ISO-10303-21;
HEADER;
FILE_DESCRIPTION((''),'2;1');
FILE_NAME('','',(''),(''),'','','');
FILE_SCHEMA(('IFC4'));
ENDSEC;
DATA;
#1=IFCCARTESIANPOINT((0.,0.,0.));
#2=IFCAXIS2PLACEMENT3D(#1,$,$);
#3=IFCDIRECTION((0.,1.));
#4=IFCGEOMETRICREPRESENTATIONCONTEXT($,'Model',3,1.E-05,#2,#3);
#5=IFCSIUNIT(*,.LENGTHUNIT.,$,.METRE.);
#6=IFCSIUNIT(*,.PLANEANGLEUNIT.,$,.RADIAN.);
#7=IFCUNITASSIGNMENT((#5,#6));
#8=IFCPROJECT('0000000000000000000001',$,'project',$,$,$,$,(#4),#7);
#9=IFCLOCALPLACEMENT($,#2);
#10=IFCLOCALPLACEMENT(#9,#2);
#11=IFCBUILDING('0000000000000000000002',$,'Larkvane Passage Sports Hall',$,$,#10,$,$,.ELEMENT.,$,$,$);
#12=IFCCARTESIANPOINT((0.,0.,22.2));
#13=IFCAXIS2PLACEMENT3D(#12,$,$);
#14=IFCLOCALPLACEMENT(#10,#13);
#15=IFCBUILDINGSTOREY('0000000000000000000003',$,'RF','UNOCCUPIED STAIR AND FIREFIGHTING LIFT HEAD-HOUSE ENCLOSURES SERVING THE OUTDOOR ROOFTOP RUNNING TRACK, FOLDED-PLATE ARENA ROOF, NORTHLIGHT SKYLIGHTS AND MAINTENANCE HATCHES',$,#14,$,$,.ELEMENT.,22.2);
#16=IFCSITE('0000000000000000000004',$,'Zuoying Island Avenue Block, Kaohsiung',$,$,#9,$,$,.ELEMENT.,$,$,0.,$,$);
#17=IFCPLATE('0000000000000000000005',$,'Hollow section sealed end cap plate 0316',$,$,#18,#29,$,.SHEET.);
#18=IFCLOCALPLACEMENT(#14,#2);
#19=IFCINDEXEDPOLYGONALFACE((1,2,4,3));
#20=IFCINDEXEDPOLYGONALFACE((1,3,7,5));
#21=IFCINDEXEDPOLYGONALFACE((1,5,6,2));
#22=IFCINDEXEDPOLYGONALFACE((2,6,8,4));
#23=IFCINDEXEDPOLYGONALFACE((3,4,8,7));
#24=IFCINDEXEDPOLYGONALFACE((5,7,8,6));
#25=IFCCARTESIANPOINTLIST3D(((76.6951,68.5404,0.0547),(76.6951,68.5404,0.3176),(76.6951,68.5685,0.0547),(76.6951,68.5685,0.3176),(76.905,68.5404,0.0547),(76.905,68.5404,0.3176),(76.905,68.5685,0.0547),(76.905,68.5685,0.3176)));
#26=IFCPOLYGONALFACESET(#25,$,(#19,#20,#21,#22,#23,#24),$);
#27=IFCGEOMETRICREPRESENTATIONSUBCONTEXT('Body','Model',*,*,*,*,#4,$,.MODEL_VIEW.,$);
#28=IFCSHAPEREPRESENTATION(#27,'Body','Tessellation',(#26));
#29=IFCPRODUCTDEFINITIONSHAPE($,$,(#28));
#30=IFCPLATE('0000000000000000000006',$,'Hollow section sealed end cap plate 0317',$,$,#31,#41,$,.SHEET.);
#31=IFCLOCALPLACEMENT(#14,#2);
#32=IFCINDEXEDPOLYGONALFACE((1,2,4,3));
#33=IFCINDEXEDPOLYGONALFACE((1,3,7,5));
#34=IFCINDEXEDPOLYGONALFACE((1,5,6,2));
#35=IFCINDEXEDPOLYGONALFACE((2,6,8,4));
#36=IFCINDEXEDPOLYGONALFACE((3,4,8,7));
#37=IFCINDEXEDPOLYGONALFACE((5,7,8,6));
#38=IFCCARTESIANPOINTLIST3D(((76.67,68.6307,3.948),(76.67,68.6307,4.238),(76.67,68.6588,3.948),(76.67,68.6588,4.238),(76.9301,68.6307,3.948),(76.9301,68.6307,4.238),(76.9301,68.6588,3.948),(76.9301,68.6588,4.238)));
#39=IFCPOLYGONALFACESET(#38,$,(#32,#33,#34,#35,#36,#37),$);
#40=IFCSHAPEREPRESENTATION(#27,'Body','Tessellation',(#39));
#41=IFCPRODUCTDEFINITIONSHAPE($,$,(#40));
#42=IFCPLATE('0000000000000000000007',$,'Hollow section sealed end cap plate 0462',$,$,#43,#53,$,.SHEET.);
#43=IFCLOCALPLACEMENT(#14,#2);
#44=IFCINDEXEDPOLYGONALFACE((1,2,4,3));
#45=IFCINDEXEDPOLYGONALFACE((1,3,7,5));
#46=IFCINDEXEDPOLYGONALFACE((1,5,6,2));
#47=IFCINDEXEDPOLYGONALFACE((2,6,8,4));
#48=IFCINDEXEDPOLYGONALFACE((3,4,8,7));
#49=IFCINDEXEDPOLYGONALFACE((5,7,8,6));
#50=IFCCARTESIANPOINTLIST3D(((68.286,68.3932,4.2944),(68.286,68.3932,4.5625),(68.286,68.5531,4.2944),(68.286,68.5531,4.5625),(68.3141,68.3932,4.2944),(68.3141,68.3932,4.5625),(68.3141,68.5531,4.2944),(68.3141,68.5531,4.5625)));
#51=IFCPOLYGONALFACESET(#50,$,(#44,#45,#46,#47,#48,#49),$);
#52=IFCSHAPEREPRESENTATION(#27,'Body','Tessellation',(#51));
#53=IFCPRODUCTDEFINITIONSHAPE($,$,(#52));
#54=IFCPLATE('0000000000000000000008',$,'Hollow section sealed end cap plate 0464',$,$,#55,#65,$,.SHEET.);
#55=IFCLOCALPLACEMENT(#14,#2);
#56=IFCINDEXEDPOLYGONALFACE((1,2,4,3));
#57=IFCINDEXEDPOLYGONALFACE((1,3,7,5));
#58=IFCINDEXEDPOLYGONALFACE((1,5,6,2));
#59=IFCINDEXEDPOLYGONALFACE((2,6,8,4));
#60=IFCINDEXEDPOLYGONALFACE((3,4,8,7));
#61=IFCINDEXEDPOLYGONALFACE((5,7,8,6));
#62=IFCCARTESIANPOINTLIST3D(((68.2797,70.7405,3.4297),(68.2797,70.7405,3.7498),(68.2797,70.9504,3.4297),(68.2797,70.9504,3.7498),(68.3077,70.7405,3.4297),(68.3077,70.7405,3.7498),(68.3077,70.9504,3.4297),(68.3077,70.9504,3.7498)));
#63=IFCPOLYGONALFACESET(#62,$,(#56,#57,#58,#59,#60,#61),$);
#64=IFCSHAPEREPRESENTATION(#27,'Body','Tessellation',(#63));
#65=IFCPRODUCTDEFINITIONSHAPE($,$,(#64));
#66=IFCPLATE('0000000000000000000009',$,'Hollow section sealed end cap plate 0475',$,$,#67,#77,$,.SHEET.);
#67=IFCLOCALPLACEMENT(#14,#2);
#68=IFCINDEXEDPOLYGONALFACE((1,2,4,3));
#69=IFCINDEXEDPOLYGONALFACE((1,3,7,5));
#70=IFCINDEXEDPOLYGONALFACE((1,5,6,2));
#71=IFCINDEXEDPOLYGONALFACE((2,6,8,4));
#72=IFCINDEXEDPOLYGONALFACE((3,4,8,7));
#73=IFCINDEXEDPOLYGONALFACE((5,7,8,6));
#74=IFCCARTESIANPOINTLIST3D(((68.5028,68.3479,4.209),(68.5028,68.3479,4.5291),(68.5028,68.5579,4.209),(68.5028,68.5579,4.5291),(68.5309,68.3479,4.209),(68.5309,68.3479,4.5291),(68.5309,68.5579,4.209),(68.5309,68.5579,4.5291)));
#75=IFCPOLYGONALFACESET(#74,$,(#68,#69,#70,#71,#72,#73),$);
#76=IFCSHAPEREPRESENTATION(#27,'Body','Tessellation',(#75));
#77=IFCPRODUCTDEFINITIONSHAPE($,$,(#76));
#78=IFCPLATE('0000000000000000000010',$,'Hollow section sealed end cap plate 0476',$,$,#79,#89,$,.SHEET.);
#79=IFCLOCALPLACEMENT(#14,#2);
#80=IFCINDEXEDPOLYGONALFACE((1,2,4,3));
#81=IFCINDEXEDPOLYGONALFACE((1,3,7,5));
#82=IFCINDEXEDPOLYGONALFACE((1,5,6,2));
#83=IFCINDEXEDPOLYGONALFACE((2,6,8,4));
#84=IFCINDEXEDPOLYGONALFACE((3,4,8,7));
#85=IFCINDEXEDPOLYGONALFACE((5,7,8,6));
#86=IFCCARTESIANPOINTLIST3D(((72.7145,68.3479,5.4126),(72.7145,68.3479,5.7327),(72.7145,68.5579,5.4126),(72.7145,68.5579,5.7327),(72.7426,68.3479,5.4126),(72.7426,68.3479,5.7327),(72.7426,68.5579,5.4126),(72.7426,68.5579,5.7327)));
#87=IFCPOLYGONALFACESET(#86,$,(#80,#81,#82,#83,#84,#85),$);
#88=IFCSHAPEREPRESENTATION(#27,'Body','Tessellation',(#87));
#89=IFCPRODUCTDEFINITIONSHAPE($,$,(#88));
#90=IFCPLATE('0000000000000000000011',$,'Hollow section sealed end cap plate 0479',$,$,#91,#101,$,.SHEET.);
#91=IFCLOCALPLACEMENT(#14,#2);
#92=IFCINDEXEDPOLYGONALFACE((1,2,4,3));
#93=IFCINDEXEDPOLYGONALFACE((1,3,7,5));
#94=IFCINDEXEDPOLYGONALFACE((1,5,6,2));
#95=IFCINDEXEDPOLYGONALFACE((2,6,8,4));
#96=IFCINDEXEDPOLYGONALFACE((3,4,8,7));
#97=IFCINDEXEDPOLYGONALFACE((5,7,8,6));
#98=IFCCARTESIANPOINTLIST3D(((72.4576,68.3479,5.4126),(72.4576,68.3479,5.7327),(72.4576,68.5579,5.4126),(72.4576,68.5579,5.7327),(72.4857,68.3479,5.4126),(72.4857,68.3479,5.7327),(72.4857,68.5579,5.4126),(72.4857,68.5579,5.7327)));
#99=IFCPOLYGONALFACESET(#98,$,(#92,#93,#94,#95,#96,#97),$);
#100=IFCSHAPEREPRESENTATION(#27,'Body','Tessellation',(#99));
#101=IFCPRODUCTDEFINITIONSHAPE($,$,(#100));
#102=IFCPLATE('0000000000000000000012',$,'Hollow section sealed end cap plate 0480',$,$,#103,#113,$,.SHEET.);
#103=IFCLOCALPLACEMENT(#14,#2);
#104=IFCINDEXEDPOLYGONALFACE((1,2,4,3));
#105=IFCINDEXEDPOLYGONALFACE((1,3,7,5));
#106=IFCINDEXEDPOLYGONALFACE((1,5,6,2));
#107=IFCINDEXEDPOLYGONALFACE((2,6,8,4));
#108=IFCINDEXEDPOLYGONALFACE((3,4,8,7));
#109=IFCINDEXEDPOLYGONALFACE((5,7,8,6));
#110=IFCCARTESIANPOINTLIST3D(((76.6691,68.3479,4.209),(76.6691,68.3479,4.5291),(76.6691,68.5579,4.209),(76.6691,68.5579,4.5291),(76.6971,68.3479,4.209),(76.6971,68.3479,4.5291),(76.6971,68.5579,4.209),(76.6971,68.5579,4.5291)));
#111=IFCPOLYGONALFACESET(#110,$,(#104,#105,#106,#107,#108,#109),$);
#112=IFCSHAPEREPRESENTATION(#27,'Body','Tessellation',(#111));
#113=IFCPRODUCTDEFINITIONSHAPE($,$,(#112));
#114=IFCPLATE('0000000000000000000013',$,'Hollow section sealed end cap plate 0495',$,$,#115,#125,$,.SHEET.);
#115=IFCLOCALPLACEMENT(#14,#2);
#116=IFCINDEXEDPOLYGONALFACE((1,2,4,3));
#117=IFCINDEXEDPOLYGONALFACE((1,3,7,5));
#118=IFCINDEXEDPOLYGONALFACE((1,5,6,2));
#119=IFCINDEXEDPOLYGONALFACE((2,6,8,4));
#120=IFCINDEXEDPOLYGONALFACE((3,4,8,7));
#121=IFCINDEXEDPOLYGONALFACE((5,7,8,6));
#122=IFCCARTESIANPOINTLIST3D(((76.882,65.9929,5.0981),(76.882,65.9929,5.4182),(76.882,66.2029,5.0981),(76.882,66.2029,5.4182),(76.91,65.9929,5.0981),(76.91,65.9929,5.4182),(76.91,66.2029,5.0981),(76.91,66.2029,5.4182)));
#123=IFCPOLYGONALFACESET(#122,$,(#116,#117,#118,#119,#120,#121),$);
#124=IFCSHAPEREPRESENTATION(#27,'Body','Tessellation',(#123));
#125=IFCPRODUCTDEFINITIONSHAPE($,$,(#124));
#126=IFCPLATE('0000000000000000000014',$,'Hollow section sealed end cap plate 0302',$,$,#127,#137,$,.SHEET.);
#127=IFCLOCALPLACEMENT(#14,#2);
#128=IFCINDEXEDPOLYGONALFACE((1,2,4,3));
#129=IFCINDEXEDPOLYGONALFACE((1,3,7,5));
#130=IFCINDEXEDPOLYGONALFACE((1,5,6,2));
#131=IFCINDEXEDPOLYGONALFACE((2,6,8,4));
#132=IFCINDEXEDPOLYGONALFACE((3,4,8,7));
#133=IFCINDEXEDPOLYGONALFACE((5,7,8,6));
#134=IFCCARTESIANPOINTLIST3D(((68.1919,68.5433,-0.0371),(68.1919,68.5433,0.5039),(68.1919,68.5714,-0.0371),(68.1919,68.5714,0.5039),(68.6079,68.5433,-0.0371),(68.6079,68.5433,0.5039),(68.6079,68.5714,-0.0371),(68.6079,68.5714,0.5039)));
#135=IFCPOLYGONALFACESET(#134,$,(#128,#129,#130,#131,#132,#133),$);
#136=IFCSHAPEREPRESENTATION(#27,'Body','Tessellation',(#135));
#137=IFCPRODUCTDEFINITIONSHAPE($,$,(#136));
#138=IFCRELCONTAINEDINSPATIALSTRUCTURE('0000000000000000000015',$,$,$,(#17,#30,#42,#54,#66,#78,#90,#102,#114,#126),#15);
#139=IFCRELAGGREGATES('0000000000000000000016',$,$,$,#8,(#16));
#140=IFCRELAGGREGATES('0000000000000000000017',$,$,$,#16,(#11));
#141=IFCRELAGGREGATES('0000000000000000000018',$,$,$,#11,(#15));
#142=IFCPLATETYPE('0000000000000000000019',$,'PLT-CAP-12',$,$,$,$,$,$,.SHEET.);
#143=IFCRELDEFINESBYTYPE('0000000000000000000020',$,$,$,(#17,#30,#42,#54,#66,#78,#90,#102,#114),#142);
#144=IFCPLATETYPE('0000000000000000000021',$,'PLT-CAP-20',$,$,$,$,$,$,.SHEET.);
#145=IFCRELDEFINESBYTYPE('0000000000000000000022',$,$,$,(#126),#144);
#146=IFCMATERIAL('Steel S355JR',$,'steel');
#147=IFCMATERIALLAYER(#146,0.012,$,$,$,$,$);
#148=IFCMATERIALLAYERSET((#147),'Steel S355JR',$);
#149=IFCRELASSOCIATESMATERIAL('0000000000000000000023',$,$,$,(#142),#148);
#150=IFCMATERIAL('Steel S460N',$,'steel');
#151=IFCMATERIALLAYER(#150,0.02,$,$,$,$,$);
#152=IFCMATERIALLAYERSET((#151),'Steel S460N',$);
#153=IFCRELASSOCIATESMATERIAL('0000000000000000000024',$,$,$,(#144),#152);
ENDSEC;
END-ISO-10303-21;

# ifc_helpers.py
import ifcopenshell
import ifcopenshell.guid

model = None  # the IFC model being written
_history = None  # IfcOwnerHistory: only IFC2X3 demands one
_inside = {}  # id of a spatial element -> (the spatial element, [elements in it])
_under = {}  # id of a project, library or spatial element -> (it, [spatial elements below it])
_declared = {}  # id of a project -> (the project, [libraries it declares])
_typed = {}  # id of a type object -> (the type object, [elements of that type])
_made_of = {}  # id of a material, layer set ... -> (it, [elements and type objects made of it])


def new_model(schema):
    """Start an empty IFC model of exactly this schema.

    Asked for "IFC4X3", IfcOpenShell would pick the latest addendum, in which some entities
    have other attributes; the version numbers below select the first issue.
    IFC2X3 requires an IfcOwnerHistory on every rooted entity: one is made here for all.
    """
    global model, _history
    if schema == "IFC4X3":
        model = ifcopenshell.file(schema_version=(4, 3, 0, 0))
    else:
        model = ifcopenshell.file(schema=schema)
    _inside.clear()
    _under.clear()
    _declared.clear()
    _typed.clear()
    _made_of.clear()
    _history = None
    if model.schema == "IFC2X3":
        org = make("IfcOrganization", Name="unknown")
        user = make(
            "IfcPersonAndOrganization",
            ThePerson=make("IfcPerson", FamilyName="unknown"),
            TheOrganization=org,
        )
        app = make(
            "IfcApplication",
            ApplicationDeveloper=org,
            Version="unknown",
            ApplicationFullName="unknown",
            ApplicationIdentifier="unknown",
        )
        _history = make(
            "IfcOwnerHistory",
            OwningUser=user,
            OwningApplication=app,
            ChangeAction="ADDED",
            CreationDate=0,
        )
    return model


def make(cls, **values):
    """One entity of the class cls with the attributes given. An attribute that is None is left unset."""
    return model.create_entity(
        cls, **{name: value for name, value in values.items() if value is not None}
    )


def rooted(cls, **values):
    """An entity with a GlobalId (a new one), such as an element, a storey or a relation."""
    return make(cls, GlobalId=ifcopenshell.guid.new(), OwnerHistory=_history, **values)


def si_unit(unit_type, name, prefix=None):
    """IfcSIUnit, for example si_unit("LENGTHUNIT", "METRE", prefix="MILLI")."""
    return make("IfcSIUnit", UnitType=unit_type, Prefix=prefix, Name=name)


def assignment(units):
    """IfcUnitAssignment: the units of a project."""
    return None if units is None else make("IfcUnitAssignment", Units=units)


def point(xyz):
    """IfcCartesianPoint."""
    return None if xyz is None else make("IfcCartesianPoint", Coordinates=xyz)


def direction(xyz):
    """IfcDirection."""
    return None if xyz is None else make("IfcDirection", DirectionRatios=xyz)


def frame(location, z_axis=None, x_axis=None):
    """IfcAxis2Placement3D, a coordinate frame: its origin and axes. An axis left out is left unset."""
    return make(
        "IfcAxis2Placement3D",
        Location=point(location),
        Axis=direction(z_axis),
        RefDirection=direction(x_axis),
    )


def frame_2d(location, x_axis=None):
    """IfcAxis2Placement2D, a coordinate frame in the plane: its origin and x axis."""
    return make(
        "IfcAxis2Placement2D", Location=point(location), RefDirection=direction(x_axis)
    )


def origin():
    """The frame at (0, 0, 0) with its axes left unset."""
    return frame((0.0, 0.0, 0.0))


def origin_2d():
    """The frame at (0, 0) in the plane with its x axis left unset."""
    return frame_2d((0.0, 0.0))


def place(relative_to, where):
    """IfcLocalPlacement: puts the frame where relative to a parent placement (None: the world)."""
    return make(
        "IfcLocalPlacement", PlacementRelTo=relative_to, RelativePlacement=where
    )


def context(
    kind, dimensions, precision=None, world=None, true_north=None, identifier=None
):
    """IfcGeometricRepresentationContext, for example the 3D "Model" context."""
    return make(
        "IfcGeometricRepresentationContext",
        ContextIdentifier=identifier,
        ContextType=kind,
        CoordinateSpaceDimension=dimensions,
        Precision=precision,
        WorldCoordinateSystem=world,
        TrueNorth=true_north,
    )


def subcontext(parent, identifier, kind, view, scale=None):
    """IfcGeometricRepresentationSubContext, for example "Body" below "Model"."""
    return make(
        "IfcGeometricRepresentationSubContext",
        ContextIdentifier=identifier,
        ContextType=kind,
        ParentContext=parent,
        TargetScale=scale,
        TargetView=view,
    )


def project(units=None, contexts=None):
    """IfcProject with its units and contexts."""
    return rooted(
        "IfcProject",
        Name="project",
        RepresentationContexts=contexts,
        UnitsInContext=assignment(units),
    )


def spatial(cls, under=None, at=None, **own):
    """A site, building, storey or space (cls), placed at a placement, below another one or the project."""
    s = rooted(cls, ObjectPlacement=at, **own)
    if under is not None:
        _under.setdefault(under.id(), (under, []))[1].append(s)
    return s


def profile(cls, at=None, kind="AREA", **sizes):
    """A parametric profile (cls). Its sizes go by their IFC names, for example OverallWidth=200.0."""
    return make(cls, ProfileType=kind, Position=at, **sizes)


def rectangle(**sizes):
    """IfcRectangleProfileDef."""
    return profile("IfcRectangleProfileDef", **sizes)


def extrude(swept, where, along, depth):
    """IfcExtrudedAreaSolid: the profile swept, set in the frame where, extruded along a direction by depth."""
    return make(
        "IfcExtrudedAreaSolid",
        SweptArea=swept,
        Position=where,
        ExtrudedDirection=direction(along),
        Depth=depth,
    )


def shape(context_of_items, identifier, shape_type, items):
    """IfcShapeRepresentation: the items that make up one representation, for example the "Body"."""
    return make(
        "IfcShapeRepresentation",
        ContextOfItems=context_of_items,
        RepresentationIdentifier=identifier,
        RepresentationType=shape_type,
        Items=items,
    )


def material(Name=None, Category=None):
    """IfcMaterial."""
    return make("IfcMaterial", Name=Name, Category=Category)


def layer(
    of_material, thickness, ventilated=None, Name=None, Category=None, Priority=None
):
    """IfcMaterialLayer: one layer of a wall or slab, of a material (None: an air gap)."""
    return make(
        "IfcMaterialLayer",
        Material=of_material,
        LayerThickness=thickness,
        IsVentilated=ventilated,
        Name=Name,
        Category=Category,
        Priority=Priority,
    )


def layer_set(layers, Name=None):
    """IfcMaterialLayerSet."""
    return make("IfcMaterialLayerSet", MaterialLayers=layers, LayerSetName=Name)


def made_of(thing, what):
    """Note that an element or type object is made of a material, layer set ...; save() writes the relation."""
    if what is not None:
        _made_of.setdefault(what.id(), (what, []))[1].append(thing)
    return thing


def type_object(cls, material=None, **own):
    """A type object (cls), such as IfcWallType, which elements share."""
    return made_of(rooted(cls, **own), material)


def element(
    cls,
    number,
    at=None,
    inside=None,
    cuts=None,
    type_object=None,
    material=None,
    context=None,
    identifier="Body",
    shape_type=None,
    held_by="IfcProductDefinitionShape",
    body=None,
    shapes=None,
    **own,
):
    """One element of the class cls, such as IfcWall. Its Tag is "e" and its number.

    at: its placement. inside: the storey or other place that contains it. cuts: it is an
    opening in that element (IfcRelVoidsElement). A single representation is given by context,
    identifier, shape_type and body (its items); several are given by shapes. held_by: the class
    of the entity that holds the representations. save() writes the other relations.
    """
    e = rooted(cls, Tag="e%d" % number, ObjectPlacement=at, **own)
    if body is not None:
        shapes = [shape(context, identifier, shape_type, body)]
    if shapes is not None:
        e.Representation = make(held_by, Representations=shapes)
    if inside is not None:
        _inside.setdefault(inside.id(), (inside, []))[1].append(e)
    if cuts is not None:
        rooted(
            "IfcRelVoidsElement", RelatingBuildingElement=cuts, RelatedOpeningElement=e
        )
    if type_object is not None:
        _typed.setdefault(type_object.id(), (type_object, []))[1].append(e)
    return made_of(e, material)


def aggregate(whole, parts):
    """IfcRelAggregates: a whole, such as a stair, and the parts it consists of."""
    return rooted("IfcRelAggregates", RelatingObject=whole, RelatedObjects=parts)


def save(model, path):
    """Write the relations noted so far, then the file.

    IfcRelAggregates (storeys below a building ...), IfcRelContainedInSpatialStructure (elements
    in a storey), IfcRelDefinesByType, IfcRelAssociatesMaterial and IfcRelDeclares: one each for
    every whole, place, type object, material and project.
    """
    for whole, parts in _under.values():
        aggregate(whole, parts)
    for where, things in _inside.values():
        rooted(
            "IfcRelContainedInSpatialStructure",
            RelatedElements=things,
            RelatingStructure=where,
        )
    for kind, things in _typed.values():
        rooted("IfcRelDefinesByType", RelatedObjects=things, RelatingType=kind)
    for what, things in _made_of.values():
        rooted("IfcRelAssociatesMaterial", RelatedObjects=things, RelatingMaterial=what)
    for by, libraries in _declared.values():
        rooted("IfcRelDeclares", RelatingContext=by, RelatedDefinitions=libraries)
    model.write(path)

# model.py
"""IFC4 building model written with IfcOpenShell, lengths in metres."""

from ifc_helpers import new_model, si_unit, direction, frame, origin, origin_2d, place, context, subcontext, project, spatial, rectangle, extrude, material, layer, layer_set, type_object, element, save


model = new_model("IFC4")

# Units and contexts
model_context = context("Model", 3, precision=1e-05, world=origin(), true_north=direction((0.0, 1.0)))
body_context = subcontext(model_context, "Body", "Model", "MODEL_VIEW")
ifc_project = project(units=[si_unit("LENGTHUNIT", "METRE"), si_unit("PLANEANGLEUNIT", "RADIAN")], contexts=[model_context])

# Site, building, storey
site_placement = place(None, origin())
site = spatial("IfcSite", under=ifc_project, at=site_placement, Name="Zuoying Island Avenue Block, Kaohsiung", CompositionType="ELEMENT", RefElevation=0.0)
building_placement = place(site_placement, origin())
building = spatial("IfcBuilding", under=site, at=building_placement, Name="Larkvane Passage Sports Hall", CompositionType="ELEMENT")
storey_placement = place(building_placement, frame((0.0, 0.0, 22.2)))
storey = spatial("IfcBuildingStorey", under=building, at=storey_placement, Name="RF", Description="UNOCCUPIED STAIR AND FIREFIGHTING LIFT HEAD-HOUSE ENCLOSURES SERVING THE OUTDOOR ROOFTOP RUNNING TRACK, FOLDED-PLATE ARENA ROOF, NORTHLIGHT SKYLIGHTS AND MAINTENANCE HATCHES", CompositionType="ELEMENT", Elevation=22.2)

# Shared definitions
ifc_material_1 = material(Name="Steel S355JR", Category="steel")
ifc_material_2 = material(Name="Steel S460N", Category="steel")

# Plates
ifc_layer_1 = layer(ifc_material_1, 0.012)
ifc_layer_set_1 = layer_set([ifc_layer_1], Name="Steel S355JR")
plate_type_1 = type_object("IfcPlateType", Name="PLT-CAP-12", PredefinedType="SHEET", material=ifc_layer_set_1)
plate_1_placement = place(storey_placement, frame((76.8, 68.5544, 0.0547), z_axis=(0.0, 0.0, 1.0), x_axis=(-1.0, 0.0, 0.0)))
element("IfcPlate", 1, at=plate_1_placement, inside=storey, type_object=plate_type_1, Name="Hollow section sealed end cap plate 0316", PredefinedType="SHEET", context=body_context, shape_type="SweptSolid", body=[
    extrude(rectangle(XDim=0.21, YDim=0.0281, at=origin_2d()), origin(), (0.0, 0.0, 1.0), 0.2629),
])
plate_2_placement = place(storey_placement, frame((76.8, 68.6448, 3.948), z_axis=(0.0, 0.0, 1.0), x_axis=(-1.0, 0.0, 0.0)))
element("IfcPlate", 2, at=plate_2_placement, inside=storey, type_object=plate_type_1, Name="Hollow section sealed end cap plate 0317", PredefinedType="SHEET", context=body_context, shape_type="SweptSolid", body=[
    extrude(rectangle(XDim=0.26, YDim=0.0281, at=origin_2d()), origin(), (0.0, 0.0, 1.0), 0.29),
])
plate_3_placement = place(storey_placement, frame((68.3, 68.4731, 4.2944), z_axis=(0.0, 0.0, 1.0), x_axis=(0.0, 1.0, 0.0)))
element("IfcPlate", 3, at=plate_3_placement, inside=storey, type_object=plate_type_1, Name="Hollow section sealed end cap plate 0462", PredefinedType="SHEET", context=body_context, shape_type="SweptSolid", body=[
    extrude(rectangle(XDim=0.1599, YDim=0.0281, at=origin_2d()), origin(), (0.0, 0.0, 1.0), 0.2681),
])
for number, where, z_axis, x_axis, name in (
    (4, (68.2937, 70.8455, 3.4297), (0.0, 0.0, 1.0), (0.0, 1.0, 0.0), "Hollow section sealed end cap plate 0464"),
    (5, (68.5168, 68.4529, 4.209), (0.0, 0.0, 1.0), (0.0, 1.0, 0.0), "Hollow section sealed end cap plate 0475"),
    (6, (72.7285, 68.4529, 5.4126), (0.0, 0.0, 1.0), (0.0, 1.0, 0.0), "Hollow section sealed end cap plate 0476"),
    (7, (72.4717, 68.4529, 5.4126), (0.0, 0.0, 1.0), (0.0, 1.0, 0.0), "Hollow section sealed end cap plate 0479"),
    (8, (76.6831, 68.4529, 4.209), (0.0, 0.0, 1.0), (0.0, 1.0, 0.0), "Hollow section sealed end cap plate 0480"),
    (9, (76.896, 66.0979, 5.0981), (0.0, 0.0, 1.0), (0.0, 1.0, 0.0), "Hollow section sealed end cap plate 0495"),
):
    element("IfcPlate", number, at=place(storey_placement, frame(where, z_axis=z_axis, x_axis=x_axis)), inside=storey, type_object=plate_type_1, Name=name, PredefinedType="SHEET", context=body_context, shape_type="SweptSolid", body=[
        extrude(rectangle(XDim=0.21, YDim=0.0281, at=origin_2d()), origin(), (0.0, 0.0, 1.0), 0.3201),
    ])
ifc_layer_2 = layer(ifc_material_2, 0.02)
ifc_layer_set_2 = layer_set([ifc_layer_2], Name="Steel S460N")
plate_type_2 = type_object("IfcPlateType", Name="PLT-CAP-20", PredefinedType="SHEET", material=ifc_layer_set_2)
plate_4_placement = place(storey_placement, frame((68.3999, 68.5574, -0.0371), z_axis=(0.0, 0.0, 1.0), x_axis=(-1.0, 0.0, 0.0)))
element("IfcPlate", 10, at=plate_4_placement, inside=storey, type_object=plate_type_2, Name="Hollow section sealed end cap plate 0302", PredefinedType="SHEET", context=body_context, shape_type="SweptSolid", body=[
    extrude(rectangle(XDim=0.416, YDim=0.0281, at=origin_2d()), origin(), (0.0, 0.0, 1.0), 0.541),
])

save(model, "model.ifc")
